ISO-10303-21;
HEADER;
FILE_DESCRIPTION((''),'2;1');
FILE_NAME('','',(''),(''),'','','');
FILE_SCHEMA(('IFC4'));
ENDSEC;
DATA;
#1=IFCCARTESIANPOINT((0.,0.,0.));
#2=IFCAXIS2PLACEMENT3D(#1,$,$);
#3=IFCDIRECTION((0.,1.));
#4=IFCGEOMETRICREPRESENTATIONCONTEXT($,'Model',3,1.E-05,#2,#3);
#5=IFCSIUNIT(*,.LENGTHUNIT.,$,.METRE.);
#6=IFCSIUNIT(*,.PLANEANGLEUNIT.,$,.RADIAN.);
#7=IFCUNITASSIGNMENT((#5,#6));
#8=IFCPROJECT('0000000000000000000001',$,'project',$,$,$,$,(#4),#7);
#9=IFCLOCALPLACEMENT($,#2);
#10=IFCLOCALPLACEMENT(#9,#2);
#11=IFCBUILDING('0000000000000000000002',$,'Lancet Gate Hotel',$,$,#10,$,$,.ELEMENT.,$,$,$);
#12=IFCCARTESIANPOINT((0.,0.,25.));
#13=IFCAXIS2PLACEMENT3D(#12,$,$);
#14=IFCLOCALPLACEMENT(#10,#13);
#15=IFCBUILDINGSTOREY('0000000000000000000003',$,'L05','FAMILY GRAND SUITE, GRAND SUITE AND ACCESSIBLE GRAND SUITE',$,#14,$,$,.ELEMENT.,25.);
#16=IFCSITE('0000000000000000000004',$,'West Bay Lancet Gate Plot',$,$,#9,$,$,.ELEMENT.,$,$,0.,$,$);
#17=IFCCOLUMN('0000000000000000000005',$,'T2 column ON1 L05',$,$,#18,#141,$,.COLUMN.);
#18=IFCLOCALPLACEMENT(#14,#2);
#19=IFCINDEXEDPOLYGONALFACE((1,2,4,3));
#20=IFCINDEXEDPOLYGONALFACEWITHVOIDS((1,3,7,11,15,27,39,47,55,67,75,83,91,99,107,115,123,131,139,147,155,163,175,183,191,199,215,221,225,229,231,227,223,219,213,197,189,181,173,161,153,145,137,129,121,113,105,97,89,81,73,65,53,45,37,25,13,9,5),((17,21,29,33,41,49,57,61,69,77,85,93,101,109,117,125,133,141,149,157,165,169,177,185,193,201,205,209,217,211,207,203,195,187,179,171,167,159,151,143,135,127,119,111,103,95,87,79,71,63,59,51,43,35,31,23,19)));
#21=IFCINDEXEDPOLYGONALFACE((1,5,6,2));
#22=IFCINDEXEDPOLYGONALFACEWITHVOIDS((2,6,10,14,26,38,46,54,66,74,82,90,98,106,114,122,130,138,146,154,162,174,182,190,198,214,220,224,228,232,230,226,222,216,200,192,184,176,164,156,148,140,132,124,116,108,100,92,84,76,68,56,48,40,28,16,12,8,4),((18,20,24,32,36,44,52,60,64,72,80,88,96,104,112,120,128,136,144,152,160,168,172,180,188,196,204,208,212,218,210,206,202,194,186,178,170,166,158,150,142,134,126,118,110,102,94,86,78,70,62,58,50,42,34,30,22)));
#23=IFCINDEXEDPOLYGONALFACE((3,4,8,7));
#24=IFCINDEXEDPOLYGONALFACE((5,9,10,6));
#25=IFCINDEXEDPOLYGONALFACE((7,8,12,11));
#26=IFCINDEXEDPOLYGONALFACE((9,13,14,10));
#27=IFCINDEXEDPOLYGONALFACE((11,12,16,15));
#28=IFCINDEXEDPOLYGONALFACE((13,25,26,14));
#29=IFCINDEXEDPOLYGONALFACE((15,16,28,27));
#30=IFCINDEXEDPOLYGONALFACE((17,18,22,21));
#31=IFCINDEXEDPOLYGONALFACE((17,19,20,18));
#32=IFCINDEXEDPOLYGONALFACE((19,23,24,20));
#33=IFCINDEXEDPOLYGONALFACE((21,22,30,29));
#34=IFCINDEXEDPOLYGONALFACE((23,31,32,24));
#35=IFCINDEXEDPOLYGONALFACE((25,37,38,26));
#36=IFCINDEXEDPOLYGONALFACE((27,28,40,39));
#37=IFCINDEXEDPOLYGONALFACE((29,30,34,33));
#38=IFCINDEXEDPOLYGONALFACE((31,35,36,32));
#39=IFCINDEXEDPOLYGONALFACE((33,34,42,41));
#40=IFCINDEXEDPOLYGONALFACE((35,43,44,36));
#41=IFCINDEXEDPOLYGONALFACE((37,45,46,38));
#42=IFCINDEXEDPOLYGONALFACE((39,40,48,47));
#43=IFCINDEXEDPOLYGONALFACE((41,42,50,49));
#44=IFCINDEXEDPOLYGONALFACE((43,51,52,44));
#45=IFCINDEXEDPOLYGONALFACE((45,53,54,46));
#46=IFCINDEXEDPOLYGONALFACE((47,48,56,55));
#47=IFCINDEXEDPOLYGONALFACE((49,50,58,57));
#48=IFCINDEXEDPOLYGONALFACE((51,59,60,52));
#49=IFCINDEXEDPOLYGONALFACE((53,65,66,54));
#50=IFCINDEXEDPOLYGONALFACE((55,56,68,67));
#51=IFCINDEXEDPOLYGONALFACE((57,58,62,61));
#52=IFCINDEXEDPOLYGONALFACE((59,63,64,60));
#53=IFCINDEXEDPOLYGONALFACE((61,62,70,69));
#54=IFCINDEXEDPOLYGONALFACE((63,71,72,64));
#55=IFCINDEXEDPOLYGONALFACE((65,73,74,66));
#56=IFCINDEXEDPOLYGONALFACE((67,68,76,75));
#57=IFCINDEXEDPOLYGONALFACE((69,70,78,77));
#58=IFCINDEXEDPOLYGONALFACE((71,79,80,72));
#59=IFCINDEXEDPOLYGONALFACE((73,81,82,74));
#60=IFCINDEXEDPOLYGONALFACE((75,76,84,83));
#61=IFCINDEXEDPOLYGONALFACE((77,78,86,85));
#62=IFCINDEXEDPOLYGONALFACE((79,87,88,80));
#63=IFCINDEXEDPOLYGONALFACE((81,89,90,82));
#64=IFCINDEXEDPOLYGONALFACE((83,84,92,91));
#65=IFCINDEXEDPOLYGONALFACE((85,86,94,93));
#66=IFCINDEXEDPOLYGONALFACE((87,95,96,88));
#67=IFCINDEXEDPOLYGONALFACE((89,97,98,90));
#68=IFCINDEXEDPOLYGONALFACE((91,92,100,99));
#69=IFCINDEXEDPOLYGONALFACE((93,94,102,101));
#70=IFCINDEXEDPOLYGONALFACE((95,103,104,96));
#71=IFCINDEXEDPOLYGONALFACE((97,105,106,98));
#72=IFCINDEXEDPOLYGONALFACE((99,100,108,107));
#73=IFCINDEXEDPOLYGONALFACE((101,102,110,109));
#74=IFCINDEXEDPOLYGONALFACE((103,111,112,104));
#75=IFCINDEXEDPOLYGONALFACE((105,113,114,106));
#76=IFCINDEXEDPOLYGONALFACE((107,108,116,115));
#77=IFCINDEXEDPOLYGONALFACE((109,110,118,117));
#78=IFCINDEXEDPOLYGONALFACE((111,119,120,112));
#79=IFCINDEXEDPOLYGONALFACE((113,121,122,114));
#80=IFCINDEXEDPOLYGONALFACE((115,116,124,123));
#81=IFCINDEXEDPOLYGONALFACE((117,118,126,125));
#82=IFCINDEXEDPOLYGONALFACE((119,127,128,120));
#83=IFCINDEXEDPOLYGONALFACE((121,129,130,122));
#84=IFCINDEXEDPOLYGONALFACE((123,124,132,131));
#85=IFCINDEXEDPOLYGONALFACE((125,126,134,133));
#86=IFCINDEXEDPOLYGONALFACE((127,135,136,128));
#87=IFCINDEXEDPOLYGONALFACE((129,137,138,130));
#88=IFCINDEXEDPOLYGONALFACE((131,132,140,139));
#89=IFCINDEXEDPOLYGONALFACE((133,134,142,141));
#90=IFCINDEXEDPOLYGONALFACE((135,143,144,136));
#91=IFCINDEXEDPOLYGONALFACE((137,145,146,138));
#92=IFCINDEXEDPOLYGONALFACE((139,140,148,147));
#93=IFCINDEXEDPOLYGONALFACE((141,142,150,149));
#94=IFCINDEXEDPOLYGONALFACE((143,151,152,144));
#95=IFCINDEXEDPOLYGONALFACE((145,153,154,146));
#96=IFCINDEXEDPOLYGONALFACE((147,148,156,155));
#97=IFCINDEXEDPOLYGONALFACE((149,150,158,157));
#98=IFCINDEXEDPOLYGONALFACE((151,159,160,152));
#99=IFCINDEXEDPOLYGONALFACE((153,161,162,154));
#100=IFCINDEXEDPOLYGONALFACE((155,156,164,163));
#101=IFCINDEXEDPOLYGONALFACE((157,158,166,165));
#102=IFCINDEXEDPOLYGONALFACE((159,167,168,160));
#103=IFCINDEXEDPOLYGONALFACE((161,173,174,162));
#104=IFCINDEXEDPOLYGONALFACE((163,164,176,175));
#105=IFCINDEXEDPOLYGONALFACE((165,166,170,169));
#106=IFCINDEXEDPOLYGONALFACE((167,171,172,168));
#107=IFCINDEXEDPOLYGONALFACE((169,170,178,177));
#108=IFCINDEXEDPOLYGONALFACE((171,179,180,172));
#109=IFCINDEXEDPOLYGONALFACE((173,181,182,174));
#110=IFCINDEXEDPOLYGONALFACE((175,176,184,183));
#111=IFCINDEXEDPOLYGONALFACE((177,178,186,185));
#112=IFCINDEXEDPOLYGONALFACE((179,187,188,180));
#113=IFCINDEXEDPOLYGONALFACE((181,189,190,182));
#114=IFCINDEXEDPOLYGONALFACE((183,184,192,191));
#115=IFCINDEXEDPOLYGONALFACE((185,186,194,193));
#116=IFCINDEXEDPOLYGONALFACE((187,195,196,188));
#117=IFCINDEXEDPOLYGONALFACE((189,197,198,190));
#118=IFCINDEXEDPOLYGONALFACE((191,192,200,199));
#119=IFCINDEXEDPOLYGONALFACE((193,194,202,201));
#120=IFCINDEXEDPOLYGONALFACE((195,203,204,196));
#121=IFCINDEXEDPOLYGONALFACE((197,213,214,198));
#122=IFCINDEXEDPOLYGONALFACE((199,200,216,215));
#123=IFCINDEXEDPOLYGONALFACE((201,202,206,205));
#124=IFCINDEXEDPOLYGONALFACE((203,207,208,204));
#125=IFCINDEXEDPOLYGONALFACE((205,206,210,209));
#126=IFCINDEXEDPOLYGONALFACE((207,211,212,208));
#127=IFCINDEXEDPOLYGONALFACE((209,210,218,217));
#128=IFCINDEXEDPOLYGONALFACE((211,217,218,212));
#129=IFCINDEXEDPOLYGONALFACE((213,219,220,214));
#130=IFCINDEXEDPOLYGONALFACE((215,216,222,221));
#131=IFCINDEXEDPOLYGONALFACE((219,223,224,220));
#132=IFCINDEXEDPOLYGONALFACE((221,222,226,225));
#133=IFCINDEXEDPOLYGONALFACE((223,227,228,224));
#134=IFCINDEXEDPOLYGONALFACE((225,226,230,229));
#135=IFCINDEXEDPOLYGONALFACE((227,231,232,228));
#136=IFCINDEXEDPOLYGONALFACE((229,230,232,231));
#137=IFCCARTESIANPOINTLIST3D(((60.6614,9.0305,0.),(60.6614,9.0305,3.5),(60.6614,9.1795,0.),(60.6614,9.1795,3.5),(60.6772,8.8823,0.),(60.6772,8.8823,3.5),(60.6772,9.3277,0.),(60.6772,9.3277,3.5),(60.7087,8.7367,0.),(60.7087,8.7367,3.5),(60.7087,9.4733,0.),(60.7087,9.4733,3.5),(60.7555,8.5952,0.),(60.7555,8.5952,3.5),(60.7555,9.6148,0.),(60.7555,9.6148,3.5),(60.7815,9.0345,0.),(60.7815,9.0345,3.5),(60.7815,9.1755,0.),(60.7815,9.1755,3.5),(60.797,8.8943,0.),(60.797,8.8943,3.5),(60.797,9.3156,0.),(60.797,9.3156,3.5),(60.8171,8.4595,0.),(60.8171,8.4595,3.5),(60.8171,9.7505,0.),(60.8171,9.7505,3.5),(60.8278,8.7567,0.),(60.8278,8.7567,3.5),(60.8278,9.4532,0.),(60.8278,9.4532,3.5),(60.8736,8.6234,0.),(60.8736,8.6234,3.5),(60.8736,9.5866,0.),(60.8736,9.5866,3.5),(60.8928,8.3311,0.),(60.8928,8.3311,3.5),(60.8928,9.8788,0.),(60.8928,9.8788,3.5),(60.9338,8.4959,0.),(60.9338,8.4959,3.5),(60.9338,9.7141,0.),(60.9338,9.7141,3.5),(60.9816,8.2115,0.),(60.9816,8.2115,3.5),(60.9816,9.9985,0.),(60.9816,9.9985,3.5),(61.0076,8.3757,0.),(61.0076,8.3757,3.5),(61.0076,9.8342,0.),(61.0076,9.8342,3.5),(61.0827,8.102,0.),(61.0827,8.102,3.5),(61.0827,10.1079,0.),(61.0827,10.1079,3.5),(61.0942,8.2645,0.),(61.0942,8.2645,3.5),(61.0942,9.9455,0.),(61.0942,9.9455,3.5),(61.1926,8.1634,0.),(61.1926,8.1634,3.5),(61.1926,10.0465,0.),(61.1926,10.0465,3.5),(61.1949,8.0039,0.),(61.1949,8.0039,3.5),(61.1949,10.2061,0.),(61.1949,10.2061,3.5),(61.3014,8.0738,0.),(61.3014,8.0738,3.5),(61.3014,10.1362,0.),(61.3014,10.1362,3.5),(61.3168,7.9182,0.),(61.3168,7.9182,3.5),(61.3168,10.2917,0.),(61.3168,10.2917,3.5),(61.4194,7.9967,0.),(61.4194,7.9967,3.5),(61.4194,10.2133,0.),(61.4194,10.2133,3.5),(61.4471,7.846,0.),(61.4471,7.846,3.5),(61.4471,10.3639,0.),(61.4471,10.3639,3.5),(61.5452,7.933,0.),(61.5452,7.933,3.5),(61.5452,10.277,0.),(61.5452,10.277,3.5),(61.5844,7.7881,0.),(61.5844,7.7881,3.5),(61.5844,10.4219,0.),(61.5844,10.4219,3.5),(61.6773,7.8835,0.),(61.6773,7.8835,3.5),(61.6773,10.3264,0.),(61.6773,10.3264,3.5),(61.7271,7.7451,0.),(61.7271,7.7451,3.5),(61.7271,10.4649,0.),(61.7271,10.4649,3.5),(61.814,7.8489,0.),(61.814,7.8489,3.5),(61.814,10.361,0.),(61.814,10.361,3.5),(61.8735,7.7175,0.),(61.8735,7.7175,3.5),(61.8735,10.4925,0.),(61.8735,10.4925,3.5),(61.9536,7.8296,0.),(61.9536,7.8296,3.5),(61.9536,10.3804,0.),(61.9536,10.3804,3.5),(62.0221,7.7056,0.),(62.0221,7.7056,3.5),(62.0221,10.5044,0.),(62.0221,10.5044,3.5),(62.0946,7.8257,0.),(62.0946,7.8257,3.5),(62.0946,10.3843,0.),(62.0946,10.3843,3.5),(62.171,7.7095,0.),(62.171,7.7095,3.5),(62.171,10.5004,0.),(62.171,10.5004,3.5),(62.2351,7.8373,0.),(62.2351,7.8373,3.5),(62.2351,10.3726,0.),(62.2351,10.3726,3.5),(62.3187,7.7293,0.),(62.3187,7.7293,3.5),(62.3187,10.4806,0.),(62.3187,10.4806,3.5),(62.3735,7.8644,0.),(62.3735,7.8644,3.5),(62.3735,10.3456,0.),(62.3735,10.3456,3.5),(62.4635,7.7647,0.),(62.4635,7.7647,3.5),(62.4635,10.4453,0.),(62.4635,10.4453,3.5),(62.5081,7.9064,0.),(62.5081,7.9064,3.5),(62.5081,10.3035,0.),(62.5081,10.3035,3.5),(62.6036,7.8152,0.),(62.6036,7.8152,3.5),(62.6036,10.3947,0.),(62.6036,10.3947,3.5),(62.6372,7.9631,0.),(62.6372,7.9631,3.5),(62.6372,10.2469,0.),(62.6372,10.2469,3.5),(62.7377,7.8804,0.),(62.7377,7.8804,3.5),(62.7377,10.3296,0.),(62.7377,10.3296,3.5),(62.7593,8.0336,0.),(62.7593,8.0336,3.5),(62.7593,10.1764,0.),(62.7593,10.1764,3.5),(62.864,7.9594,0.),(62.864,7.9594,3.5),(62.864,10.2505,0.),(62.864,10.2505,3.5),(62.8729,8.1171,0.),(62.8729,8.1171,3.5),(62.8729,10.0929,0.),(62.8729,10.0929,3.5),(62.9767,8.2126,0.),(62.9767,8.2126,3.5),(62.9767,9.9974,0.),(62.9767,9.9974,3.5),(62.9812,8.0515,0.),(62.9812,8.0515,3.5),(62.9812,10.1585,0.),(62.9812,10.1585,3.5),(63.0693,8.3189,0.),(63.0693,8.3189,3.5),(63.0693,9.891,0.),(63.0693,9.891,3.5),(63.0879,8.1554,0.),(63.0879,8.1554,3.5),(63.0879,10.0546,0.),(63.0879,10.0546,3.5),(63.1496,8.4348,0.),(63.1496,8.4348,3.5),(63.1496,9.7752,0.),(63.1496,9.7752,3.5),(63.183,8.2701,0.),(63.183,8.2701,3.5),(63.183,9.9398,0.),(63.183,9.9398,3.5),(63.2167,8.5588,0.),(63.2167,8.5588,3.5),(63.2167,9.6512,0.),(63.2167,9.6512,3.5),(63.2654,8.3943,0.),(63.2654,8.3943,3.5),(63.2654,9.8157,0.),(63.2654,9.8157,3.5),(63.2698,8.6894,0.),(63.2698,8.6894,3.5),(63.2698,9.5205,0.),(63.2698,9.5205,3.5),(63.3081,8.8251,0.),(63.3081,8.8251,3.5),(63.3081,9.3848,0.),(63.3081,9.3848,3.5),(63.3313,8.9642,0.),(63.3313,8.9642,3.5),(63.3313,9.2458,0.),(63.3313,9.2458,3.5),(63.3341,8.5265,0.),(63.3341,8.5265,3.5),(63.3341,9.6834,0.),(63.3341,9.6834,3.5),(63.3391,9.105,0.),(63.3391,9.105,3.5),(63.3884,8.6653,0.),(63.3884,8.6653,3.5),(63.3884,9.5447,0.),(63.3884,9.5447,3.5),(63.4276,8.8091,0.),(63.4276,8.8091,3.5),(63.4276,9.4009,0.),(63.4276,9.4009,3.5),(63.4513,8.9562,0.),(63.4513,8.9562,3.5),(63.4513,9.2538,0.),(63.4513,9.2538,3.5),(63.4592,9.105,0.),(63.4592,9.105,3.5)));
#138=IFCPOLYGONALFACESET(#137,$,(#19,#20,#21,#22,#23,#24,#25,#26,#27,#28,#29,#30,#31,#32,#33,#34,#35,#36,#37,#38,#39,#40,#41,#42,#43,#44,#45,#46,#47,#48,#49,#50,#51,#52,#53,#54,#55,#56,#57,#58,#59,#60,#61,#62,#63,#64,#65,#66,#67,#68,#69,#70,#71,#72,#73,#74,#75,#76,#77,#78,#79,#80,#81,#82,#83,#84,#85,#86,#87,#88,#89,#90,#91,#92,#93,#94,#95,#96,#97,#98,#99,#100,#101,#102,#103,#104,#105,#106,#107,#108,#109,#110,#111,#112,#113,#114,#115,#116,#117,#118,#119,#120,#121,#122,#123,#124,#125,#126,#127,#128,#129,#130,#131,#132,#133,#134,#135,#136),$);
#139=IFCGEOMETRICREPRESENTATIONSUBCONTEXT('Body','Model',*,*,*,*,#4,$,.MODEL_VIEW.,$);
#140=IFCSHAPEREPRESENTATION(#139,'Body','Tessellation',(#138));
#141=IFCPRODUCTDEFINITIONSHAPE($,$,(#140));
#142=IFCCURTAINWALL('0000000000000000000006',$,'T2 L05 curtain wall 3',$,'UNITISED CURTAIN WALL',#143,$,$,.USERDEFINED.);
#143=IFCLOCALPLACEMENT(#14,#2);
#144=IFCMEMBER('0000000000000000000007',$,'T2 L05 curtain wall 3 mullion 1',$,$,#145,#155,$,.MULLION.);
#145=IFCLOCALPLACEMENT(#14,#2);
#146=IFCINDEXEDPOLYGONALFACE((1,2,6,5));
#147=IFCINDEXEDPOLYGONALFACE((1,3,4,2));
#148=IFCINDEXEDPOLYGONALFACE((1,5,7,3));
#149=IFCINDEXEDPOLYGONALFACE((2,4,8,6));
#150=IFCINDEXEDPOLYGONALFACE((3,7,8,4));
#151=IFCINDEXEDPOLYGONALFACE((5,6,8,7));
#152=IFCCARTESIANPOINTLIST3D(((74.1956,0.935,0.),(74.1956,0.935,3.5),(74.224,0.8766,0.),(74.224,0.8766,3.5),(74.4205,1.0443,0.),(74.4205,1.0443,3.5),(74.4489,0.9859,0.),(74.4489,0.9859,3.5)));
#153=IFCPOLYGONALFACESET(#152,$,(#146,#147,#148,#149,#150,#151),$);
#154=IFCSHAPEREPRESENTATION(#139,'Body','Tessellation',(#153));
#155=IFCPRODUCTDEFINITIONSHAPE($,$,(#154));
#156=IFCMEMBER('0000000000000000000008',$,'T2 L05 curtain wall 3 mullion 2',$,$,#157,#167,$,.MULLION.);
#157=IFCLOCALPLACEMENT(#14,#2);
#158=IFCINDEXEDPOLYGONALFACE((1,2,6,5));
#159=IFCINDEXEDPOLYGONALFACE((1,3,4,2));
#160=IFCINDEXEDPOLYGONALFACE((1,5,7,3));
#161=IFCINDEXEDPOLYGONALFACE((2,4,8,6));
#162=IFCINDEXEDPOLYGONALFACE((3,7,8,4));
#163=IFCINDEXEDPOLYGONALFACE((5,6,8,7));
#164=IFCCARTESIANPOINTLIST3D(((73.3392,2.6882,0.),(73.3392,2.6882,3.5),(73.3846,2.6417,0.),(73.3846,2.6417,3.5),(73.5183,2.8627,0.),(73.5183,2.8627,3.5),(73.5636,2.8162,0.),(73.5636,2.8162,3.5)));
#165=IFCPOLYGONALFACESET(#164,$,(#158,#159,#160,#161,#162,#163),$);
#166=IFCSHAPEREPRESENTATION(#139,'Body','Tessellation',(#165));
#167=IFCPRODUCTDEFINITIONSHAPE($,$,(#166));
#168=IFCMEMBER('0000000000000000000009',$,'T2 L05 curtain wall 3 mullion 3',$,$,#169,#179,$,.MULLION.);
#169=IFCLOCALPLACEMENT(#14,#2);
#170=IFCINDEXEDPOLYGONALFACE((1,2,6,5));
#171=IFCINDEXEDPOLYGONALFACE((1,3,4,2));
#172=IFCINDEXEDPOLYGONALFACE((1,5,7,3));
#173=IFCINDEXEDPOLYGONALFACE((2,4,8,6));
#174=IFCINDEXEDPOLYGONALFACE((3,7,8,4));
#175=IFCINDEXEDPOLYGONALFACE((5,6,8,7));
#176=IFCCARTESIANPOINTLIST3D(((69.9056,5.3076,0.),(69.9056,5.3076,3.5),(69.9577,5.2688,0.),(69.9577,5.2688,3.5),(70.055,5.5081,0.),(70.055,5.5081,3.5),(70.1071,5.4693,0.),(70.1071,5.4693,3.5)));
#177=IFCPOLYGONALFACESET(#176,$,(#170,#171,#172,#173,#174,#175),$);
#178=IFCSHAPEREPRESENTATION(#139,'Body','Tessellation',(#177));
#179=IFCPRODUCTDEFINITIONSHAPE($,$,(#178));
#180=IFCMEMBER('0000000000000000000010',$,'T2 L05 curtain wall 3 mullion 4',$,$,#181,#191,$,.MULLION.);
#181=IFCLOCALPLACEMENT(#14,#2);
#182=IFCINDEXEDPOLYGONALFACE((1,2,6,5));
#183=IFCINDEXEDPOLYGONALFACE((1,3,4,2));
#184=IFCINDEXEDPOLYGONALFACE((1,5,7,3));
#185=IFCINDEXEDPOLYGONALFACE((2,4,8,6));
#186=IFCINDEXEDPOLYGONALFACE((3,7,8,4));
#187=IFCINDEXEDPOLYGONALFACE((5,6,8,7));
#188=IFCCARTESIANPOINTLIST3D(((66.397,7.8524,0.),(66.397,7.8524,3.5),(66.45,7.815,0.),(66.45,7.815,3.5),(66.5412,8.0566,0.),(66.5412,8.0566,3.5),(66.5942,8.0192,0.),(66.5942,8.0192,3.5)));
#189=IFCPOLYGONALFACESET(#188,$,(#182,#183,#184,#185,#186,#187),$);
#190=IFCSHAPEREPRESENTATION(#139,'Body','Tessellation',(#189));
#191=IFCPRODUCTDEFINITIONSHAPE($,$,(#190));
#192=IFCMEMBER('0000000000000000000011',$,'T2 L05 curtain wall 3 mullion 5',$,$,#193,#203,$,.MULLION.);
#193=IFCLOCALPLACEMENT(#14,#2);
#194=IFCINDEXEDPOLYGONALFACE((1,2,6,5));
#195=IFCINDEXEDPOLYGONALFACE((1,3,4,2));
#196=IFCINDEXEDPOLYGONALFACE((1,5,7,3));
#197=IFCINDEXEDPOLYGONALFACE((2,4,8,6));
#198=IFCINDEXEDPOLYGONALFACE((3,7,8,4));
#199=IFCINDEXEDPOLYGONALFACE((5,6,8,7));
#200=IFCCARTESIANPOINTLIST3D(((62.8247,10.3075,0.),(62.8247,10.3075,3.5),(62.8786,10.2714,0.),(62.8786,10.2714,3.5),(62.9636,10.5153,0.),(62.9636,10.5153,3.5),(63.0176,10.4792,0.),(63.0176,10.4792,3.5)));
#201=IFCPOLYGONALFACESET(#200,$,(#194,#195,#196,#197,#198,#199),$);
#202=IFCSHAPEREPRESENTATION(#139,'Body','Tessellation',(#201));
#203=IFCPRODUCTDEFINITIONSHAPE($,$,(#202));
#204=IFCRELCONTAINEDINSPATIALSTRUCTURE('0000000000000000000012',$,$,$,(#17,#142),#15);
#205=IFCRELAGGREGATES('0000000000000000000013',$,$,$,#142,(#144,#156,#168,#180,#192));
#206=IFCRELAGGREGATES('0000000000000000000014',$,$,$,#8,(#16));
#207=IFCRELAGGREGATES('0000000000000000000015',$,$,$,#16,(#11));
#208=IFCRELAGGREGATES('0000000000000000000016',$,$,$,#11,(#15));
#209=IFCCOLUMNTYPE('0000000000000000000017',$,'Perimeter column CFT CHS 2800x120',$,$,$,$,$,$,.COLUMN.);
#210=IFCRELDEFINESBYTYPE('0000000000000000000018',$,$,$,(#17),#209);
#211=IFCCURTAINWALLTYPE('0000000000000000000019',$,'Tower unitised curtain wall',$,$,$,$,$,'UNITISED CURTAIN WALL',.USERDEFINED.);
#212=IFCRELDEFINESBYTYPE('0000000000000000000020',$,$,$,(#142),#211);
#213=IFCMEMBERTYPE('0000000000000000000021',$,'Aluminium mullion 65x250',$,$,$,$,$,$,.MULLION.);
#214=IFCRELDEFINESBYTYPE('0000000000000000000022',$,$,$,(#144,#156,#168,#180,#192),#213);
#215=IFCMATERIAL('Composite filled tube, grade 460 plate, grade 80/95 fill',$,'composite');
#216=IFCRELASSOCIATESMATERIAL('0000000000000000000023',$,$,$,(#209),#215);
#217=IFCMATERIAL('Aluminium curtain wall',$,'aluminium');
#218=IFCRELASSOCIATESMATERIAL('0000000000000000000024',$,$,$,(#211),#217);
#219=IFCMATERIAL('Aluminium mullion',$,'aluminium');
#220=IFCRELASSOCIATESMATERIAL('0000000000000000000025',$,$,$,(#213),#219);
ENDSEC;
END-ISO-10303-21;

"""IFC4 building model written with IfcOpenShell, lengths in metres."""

from ifc_helpers import new_model, si_unit, direction, frame, origin, origin_2d, place, context, subcontext, project, spatial, rectangle, hollow_circle, extrude, material, material_profile, profile_set, type_object, element, aggregate, save


model = new_model("IFC4")

# Units and contexts
model_context = context("Model", 3, precision=1e-05, world=origin(), true_north=direction((0.0, 1.0)))
body_context = subcontext(model_context, "Body", "Model", "MODEL_VIEW")
ifc_project = project(units=[si_unit("LENGTHUNIT", "METRE"), si_unit("PLANEANGLEUNIT", "RADIAN")], contexts=[model_context])

# Site, building, storey
site_placement = place(None, origin())
site = spatial("IfcSite", under=ifc_project, at=site_placement, Name="West Bay Lancet Gate Plot", CompositionType="ELEMENT", RefElevation=0.0)
building_placement = place(site_placement, origin())
building = spatial("IfcBuilding", under=site, at=building_placement, Name="Lancet Gate Hotel", CompositionType="ELEMENT")
storey_placement = place(building_placement, frame((0.0, 0.0, 25.0)))
storey = spatial("IfcBuildingStorey", under=building, at=storey_placement, Name="L05", Description="FAMILY GRAND SUITE, GRAND SUITE AND ACCESSIBLE GRAND SUITE", CompositionType="ELEMENT", Elevation=25.0)

# Column
ifc_material_1 = material(Name="Composite filled tube, grade 460 plate, grade 80/95 fill", Category="composite")
ifc_material_profile_1 = material_profile(ifc_material_1, hollow_circle(Radius=1.3999, WallThickness=0.1201, at=origin_2d()), Name="CHS 2800x120")
ifc_profile_set_1 = profile_set([ifc_material_profile_1], Name="Composite filled tube, grade 460 plate, grade 80/95 fill")
column_type_1 = type_object("IfcColumnType", Name="Perimeter column CFT CHS 2800x120", PredefinedType="COLUMN", material=ifc_profile_set_1)
column_1_placement = place(storey_placement, frame((62.0593, 9.105, 0.0), z_axis=(0.0, 0.0, 1.0), x_axis=(1.0, 0.0, 0.0)))
element("IfcColumn", 1, at=column_1_placement, inside=storey, type_object=column_type_1, Name="T2 column ON1 L05", PredefinedType="COLUMN", context=body_context, shape_type="SweptSolid", body=[
    extrude(hollow_circle(Radius=1.3999, WallThickness=0.1201, at=origin_2d()), origin(), (0.0, 0.0, 1.0), 3.5),
])

# Curtain wall, members
ifc_material_2 = material(Name="Aluminium curtain wall", Category="aluminium")
curtain_wall_type = type_object("IfcCurtainWallType", Name="Tower unitised curtain wall", ElementType="UNITISED CURTAIN WALL", PredefinedType="USERDEFINED", material=ifc_material_2)
curtain_wall_placement = place(storey_placement, origin())
curtain_wall = element("IfcCurtainWall", 2, at=curtain_wall_placement, inside=storey, type_object=curtain_wall_type, Name="T2 L05 curtain wall 3", ObjectType="UNITISED CURTAIN WALL", PredefinedType="USERDEFINED")
ifc_material_3 = material(Name="Aluminium mullion", Category="aluminium")
ifc_material_profile_2 = material_profile(ifc_material_3, rectangle(XDim=0.0649, YDim=0.25, at=origin_2d()), Name="MULLION 65x250")
ifc_profile_set_2 = profile_set([ifc_material_profile_2], Name="Aluminium mullion")
member_type_1 = type_object("IfcMemberType", Name="Aluminium mullion 65x250", PredefinedType="MULLION", material=ifc_profile_set_2)
member_1_placement = place(storey_placement, frame((74.3223, 0.9604, 0.0), z_axis=(0.0, 0.0, 1.0), x_axis=(-0.437169, 0.899379, 0.0)))
member_1 = element("IfcMember", 3, at=member_1_placement, type_object=member_type_1, Name="T2 L05 curtain wall 3 mullion 1", PredefinedType="MULLION", context=body_context, shape_type="SweptSolid", body=[
    extrude(rectangle(XDim=0.0649, YDim=0.25, at=origin_2d()), origin(), (0.0, 0.0, 1.0), 3.5),
])
member_2_placement = place(storey_placement, frame((73.4514, 2.7522, 0.0), z_axis=(0.0, 0.0, 1.0), x_axis=(-0.697983, 0.716114, 0.0)))
member_2 = element("IfcMember", 4, at=member_2_placement, type_object=member_type_1, Name="T2 L05 curtain wall 3 mullion 2", PredefinedType="MULLION", context=body_context, shape_type="SweptSolid", body=[
    extrude(rectangle(XDim=0.0649, YDim=0.25, at=origin_2d()), origin(), (0.0, 0.0, 1.0), 3.5),
])
member_3_placement = place(storey_placement, frame((70.0063, 5.3884, 0.0), z_axis=(0.0, 0.0, 1.0), x_axis=(-0.80183, 0.597552, 0.0)))
member_3 = element("IfcMember", 5, at=member_3_placement, type_object=member_type_1, Name="T2 L05 curtain wall 3 mullion 3", PredefinedType="MULLION", context=body_context, shape_type="SweptSolid", body=[
    extrude(rectangle(XDim=0.0649, YDim=0.25, at=origin_2d()), origin(), (0.0, 0.0, 1.0), 3.5),
])
member_4_placement = place(storey_placement, frame((66.4956, 7.9358, 0.0), z_axis=(0.0, 0.0, 1.0), x_axis=(-0.816779, 0.576951, 0.0)))
member_4 = element("IfcMember", 6, at=member_4_placement, type_object=member_type_1, Name="T2 L05 curtain wall 3 mullion 4", PredefinedType="MULLION", context=body_context, shape_type="SweptSolid", body=[
    extrude(rectangle(XDim=0.0649, YDim=0.25, at=origin_2d()), origin(), (0.0, 0.0, 1.0), 3.5),
])
member_5_placement = place(storey_placement, frame((62.9211, 10.3933, 0.0), z_axis=(0.0, 0.0, 1.0), x_axis=(-0.831198, 0.555976, 0.0)))
member_5 = element("IfcMember", 7, at=member_5_placement, type_object=member_type_1, Name="T2 L05 curtain wall 3 mullion 5", PredefinedType="MULLION", context=body_context, shape_type="SweptSolid", body=[
    extrude(rectangle(XDim=0.0649, YDim=0.25, at=origin_2d()), origin(), (0.0, 0.0, 1.0), 3.5),
])

aggregate(curtain_wall, [member_1, member_2, member_3, member_4, member_5])

save(model, "model.ifc")
